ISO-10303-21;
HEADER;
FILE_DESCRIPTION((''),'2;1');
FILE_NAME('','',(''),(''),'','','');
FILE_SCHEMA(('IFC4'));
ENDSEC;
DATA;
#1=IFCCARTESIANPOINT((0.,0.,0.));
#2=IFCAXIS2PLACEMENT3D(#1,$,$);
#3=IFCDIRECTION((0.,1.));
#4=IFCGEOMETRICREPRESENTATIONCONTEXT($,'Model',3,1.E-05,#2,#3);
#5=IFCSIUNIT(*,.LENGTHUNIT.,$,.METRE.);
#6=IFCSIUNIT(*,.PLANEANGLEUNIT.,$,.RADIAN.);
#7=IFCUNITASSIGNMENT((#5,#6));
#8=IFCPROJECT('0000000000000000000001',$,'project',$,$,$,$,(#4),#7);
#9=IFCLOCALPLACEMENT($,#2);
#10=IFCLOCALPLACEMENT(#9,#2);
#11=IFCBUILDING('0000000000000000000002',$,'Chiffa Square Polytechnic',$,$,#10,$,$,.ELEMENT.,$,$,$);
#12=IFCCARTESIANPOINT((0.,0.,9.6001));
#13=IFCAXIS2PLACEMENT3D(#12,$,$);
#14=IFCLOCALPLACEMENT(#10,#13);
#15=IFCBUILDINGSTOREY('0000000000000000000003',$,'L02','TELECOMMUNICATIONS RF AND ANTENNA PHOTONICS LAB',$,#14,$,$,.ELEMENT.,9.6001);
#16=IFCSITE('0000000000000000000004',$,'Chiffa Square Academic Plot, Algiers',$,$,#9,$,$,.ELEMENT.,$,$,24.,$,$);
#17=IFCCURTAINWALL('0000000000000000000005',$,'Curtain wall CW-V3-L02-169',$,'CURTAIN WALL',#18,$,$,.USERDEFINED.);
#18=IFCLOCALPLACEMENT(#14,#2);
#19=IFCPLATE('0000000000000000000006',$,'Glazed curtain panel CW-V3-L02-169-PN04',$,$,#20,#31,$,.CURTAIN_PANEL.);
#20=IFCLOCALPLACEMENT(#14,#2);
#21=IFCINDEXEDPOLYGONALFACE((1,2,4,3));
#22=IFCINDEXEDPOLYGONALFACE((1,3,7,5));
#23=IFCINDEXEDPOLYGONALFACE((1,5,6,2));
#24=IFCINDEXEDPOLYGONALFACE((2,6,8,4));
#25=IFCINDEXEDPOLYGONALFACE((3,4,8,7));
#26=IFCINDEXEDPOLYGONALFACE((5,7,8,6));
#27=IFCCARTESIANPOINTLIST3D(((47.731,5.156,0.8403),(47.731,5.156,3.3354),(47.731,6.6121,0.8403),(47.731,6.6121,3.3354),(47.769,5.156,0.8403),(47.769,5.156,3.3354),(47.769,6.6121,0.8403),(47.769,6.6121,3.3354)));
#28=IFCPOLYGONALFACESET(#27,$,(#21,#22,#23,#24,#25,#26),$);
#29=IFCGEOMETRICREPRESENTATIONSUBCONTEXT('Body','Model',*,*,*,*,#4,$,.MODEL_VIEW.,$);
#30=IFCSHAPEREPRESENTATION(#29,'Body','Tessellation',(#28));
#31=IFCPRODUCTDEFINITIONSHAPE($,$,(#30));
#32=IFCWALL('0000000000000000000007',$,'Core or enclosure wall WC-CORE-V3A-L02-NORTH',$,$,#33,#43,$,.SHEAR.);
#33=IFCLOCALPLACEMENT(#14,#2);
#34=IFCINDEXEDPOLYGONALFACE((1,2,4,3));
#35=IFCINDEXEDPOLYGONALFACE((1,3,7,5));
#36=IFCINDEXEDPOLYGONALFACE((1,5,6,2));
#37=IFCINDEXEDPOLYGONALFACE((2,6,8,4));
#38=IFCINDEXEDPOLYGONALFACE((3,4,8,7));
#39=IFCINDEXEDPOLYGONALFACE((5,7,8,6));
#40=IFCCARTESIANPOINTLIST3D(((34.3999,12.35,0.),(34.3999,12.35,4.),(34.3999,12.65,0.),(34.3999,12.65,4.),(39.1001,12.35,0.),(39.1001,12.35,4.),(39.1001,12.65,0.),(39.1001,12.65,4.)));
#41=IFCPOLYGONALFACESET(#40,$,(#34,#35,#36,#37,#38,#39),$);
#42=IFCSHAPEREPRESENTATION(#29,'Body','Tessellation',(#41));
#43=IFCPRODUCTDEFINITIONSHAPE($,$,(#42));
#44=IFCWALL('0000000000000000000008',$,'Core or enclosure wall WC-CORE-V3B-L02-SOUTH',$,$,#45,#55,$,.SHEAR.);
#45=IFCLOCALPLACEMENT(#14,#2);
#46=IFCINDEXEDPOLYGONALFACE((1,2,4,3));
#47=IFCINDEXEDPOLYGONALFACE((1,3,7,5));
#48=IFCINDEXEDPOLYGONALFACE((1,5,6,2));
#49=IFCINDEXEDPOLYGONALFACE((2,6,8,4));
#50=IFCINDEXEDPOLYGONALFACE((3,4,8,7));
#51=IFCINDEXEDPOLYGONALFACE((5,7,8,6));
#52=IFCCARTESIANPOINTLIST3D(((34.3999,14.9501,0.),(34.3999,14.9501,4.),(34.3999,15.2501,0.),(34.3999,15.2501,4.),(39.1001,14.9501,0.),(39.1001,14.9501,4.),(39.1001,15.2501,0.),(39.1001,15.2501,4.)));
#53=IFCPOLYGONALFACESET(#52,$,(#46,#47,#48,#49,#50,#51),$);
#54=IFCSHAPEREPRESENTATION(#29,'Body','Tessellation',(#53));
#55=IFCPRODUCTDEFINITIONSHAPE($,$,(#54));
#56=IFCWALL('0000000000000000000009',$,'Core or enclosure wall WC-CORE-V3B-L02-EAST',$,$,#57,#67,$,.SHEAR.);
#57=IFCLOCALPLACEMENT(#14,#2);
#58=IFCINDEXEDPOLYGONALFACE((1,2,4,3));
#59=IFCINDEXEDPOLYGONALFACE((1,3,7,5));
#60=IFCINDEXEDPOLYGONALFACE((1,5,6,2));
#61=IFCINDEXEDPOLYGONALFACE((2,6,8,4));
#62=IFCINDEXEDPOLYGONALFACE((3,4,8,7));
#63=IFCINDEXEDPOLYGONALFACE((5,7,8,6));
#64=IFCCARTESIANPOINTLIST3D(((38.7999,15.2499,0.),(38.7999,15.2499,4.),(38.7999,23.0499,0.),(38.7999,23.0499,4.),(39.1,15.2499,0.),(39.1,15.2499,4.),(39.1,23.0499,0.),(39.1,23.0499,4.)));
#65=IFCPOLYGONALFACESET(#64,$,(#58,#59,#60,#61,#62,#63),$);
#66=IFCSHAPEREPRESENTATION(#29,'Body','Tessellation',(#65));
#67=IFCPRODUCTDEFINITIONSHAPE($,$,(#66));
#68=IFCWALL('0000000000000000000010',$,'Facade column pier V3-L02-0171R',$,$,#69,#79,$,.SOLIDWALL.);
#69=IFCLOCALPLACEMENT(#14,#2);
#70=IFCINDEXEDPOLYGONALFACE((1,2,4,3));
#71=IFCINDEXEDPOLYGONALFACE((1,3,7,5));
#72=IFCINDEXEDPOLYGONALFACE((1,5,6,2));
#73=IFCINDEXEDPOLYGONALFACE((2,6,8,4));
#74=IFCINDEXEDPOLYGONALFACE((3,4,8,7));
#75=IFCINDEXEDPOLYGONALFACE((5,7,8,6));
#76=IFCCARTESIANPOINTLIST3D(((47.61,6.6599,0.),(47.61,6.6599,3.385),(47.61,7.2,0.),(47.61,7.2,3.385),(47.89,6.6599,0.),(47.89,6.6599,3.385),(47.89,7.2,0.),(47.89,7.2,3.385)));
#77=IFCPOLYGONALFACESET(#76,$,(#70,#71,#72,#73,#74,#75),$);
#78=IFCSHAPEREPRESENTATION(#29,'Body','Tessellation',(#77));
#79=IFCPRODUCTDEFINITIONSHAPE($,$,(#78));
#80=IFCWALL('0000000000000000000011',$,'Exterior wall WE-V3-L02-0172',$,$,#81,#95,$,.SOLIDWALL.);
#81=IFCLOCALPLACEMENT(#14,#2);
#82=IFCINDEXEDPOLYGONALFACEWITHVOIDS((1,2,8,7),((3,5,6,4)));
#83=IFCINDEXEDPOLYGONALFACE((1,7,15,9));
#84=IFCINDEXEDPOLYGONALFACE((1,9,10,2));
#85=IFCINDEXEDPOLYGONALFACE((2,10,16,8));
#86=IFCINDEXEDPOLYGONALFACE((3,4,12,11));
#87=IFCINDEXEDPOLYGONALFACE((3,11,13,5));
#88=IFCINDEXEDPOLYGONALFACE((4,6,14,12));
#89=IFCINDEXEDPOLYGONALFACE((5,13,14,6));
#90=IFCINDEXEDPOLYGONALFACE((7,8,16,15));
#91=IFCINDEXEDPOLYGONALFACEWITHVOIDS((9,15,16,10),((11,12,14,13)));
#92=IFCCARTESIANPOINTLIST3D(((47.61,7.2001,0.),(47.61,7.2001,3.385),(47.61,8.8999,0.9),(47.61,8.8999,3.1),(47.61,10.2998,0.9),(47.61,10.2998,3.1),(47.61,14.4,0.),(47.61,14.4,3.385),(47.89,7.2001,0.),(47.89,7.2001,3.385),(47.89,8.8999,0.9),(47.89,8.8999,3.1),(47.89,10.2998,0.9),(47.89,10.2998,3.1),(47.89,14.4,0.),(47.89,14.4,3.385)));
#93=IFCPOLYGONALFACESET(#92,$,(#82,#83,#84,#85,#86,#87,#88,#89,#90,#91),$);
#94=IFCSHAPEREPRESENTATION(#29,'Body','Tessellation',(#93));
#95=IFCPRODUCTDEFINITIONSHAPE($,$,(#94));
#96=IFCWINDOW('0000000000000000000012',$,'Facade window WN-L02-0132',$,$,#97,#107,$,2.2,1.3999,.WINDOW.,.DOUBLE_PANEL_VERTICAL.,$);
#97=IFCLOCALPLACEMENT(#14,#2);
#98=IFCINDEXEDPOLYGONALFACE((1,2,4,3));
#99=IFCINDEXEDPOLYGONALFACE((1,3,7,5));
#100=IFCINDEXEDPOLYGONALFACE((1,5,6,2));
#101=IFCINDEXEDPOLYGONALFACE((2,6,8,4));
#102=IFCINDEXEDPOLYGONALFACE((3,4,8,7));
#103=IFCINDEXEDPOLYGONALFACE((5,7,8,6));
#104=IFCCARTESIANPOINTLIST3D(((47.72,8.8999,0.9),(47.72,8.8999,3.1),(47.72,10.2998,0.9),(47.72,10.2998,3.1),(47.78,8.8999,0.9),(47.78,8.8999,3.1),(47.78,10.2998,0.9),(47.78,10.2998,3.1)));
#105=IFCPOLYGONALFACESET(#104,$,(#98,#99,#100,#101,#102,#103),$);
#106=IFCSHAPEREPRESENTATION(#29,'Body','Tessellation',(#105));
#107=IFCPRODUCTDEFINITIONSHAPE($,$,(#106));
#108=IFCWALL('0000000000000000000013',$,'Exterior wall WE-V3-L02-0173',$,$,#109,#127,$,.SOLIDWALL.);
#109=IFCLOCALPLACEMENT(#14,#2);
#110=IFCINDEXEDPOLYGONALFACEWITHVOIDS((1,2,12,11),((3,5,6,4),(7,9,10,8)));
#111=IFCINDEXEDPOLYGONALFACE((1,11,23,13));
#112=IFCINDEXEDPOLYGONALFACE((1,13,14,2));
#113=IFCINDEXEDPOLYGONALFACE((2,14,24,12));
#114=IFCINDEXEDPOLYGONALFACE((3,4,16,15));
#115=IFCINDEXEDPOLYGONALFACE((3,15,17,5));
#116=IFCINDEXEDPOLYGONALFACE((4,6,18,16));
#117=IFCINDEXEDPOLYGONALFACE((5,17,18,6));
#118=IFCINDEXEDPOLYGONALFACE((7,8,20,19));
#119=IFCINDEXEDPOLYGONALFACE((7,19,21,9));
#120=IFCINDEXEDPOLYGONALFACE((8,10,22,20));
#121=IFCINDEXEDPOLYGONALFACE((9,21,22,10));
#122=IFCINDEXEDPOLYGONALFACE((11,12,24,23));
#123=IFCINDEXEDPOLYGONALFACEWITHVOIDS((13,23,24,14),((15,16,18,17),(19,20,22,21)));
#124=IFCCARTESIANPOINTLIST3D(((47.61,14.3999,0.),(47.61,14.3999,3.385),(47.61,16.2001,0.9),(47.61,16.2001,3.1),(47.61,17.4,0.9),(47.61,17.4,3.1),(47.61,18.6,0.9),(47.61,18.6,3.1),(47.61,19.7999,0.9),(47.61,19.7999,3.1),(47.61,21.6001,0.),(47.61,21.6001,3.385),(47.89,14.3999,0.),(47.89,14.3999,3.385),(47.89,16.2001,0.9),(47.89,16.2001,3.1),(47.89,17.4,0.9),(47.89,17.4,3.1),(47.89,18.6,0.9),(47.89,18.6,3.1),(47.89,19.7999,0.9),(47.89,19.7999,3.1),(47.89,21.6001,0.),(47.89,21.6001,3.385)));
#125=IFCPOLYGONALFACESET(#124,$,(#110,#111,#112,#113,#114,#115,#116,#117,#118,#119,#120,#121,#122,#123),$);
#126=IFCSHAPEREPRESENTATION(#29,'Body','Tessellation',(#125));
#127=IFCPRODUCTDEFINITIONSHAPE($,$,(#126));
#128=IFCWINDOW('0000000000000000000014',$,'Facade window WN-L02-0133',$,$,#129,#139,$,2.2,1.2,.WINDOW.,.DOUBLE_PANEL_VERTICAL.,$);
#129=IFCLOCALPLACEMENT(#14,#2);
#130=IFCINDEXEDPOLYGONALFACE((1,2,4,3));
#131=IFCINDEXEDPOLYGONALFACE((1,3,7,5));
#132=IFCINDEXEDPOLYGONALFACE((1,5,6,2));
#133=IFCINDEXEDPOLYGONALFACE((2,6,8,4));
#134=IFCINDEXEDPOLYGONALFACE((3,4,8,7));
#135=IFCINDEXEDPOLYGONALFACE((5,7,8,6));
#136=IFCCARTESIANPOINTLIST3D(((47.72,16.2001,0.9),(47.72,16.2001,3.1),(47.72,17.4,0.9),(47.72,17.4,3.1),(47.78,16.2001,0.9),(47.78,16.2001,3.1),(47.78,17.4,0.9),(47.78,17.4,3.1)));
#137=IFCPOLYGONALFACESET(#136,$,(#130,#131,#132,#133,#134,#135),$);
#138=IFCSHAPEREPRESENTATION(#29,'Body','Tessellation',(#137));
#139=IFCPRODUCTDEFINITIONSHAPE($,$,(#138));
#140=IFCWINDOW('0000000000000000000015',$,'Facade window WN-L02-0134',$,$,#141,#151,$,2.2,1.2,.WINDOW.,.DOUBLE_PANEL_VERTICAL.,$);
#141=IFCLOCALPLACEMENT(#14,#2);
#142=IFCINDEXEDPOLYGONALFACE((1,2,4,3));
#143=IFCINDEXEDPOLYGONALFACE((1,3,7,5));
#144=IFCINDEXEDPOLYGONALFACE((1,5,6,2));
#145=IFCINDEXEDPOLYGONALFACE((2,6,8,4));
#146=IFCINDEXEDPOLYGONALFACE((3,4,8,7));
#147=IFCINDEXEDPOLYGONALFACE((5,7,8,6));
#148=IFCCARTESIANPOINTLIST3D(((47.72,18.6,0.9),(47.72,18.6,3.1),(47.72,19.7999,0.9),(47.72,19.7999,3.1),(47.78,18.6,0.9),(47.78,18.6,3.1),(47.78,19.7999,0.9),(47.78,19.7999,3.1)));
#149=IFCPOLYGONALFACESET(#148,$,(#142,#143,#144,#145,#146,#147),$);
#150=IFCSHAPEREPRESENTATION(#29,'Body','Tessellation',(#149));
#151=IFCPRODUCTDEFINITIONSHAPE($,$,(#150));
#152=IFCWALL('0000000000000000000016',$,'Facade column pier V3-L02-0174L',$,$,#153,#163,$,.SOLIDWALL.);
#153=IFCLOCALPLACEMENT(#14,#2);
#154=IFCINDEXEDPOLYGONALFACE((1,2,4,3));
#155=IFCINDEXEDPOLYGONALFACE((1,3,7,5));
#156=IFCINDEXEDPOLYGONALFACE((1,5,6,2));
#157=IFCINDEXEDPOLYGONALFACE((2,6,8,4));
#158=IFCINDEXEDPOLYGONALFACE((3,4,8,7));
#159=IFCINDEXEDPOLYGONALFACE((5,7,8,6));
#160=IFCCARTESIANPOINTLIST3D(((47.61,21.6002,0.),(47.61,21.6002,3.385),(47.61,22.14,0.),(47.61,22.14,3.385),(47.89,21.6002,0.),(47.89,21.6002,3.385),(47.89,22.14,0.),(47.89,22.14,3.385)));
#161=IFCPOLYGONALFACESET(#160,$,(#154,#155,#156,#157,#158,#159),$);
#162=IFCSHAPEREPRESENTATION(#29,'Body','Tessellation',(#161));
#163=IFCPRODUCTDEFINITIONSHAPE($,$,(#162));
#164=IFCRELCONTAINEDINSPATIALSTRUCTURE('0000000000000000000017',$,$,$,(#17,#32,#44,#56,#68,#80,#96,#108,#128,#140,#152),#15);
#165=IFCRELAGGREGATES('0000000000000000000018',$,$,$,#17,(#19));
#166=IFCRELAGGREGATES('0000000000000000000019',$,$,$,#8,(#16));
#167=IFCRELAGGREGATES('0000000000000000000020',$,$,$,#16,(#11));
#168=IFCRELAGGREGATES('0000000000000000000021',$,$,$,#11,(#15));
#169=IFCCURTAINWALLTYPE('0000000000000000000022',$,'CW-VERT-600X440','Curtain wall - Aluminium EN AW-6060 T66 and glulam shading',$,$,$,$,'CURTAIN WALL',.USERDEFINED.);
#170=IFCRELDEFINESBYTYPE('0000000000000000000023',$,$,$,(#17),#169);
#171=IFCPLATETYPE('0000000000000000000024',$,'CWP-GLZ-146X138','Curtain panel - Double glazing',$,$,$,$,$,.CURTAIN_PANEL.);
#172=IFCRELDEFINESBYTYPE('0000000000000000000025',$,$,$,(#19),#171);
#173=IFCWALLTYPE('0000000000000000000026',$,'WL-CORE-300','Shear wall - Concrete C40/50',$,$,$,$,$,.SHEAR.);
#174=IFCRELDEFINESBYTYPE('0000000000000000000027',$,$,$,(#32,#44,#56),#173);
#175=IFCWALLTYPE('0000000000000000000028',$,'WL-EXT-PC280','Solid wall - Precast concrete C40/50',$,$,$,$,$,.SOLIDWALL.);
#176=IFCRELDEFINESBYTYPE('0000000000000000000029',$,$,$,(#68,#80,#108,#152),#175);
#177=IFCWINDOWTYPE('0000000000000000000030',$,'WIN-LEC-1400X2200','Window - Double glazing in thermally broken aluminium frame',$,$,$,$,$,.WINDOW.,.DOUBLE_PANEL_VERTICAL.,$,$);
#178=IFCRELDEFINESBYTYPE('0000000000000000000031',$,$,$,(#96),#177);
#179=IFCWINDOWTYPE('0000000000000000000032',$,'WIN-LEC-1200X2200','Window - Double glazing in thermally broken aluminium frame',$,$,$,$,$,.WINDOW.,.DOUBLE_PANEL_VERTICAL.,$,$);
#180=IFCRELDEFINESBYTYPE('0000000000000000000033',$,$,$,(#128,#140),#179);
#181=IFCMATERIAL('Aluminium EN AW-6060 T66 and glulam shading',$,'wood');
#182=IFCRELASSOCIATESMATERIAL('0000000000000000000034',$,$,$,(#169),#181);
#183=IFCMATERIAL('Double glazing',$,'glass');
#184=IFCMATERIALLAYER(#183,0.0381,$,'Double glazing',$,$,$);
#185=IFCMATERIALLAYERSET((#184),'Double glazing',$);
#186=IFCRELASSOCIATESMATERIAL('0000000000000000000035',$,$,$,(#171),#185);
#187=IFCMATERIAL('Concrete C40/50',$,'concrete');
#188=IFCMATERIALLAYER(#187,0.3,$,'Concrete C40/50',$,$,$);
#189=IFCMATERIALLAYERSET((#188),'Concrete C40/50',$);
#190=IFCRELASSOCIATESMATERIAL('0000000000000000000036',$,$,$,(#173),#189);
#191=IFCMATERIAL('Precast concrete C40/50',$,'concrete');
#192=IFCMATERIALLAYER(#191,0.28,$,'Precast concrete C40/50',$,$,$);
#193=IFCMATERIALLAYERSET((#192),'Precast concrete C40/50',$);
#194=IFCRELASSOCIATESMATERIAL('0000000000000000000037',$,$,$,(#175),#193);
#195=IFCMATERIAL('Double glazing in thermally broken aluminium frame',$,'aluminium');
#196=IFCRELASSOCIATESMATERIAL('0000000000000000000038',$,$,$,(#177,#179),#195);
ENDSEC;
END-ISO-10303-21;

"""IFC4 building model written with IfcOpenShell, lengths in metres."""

from ifc_helpers import new_model, si_unit, direction, frame, frame_2d, origin, origin_2d, place, context, subcontext, project, spatial, rectangle, extrude, material, layer, layer_set, type_object, element, fill, aggregate, save


model = new_model("IFC4")

# Units and contexts
model_context = context("Model", 3, precision=1e-05, world=origin(), true_north=direction((0.0, 1.0)))
body_context = subcontext(model_context, "Body", "Model", "MODEL_VIEW")
ifc_project = project(units=[si_unit("LENGTHUNIT", "METRE"), si_unit("PLANEANGLEUNIT", "RADIAN")], contexts=[model_context])

# Site, building, storey
site_placement = place(None, origin())
site = spatial("IfcSite", under=ifc_project, at=site_placement, Name="Chiffa Square Academic Plot, Algiers", CompositionType="ELEMENT", RefElevation=24.0)
building_placement = place(site_placement, origin())
building = spatial("IfcBuilding", under=site, at=building_placement, Name="Chiffa Square Polytechnic", CompositionType="ELEMENT")
storey_placement = place(building_placement, frame((0.0, 0.0, 9.6001)))
storey = spatial("IfcBuildingStorey", under=building, at=storey_placement, Name="L02", Description="TELECOMMUNICATIONS RF AND ANTENNA PHOTONICS LAB", CompositionType="ELEMENT", Elevation=9.6001)

# Shared definitions
ifc_material_1 = material(Name="Concrete C40/50", Category="concrete")

# Curtain wall
ifc_material_2 = material(Name="Aluminium EN AW-6060 T66 and glulam shading", Category="wood")
curtain_wall_type_1 = type_object("IfcCurtainWallType", Name="CW-VERT-600X440", Description="Curtain wall - Aluminium EN AW-6060 T66 and glulam shading", ElementType="CURTAIN WALL", PredefinedType="USERDEFINED", material=ifc_material_2)
curtain_wall_1_placement = place(storey_placement, origin())
curtain_wall_1 = element("IfcCurtainWall", 1, at=curtain_wall_1_placement, inside=storey, type_object=curtain_wall_type_1, Name="Curtain wall CW-V3-L02-169", ObjectType="CURTAIN WALL", PredefinedType="USERDEFINED")

# Plate
ifc_material_3 = material(Name="Double glazing", Category="glass")
ifc_layer_1 = layer(ifc_material_3, 0.0381, Name="Double glazing")
ifc_layer_set_1 = layer_set([ifc_layer_1], Name="Double glazing")
plate_type = type_object("IfcPlateType", Name="CWP-GLZ-146X138", Description="Curtain panel - Double glazing", PredefinedType="CURTAIN_PANEL", material=ifc_layer_set_1)
plate_placement = place(storey_placement, frame((47.75, 5.884, 0.8403), z_axis=(0.0, 0.0, 1.0), x_axis=(0.0, 1.0, 0.0)))
plate = element("IfcPlate", 2, at=plate_placement, type_object=plate_type, Name="Glazed curtain panel CW-V3-L02-169-PN04", PredefinedType="CURTAIN_PANEL", context=body_context, shape_type="SweptSolid", body=[
    extrude(rectangle(XDim=1.4561, YDim=0.0381, at=origin_2d()), origin(), (0.0, 0.0, 1.0), 2.4951),
])
aggregate(curtain_wall_1, [plate])

# Walls
ifc_layer_2 = layer(ifc_material_1, 0.3, Name="Concrete C40/50")
ifc_layer_set_2 = layer_set([ifc_layer_2], Name="Concrete C40/50")
wall_type_1 = type_object("IfcWallType", Name="WL-CORE-300", Description="Shear wall - Concrete C40/50", PredefinedType="SHEAR", material=ifc_layer_set_2)
for number, where, z_axis, x_axis, name in (
    (3, (34.3999, 12.5, 0.0), (0.0, 0.0, 1.0), (1.0, 0.0, 0.0), "Core or enclosure wall WC-CORE-V3A-L02-NORTH"),
    (4, (34.3999, 15.1001, 0.0), (0.0, 0.0, 1.0), (1.0, 0.0, 0.0), "Core or enclosure wall WC-CORE-V3B-L02-SOUTH"),
):
    element("IfcWall", number, at=place(storey_placement, frame(where, z_axis=z_axis, x_axis=x_axis)), inside=storey, type_object=wall_type_1, Name=name, PredefinedType="SHEAR", context=body_context, shape_type="SweptSolid", body=[
        extrude(rectangle(XDim=4.7002, YDim=0.3, at=frame_2d((2.3501, 0.0))), origin(), (0.0, 0.0, 1.0), 4.0),
    ])

# Walls
wall_1_placement = place(storey_placement, frame((38.95, 15.25, 0.0), z_axis=(0.0, 0.0, 1.0), x_axis=(0.0, 1.0, 0.0)))
element("IfcWall", 5, at=wall_1_placement, inside=storey, type_object=wall_type_1, Name="Core or enclosure wall WC-CORE-V3B-L02-EAST", PredefinedType="SHEAR", context=body_context, shape_type="SweptSolid", body=[
    extrude(rectangle(XDim=7.8, YDim=0.3, at=frame_2d((3.8999, 0.0))), origin(), (0.0, 0.0, 1.0), 4.0),
])
ifc_material_4 = material(Name="Precast concrete C40/50", Category="concrete")
ifc_layer_3 = layer(ifc_material_4, 0.28, Name="Precast concrete C40/50")
ifc_layer_set_3 = layer_set([ifc_layer_3], Name="Precast concrete C40/50")
wall_type_2 = type_object("IfcWallType", Name="WL-EXT-PC280", Description="Solid wall - Precast concrete C40/50", PredefinedType="SOLIDWALL", material=ifc_layer_set_3)
wall_2_placement = place(storey_placement, frame((47.75, 6.6599, 0.0), z_axis=(0.0, 0.0, 1.0), x_axis=(0.0, 1.0, 0.0)))
element("IfcWall", 6, at=wall_2_placement, inside=storey, type_object=wall_type_2, Name="Facade column pier V3-L02-0171R", PredefinedType="SOLIDWALL", context=body_context, shape_type="SweptSolid", body=[
    extrude(rectangle(XDim=0.54, YDim=0.28, at=frame_2d((0.27, 0.0))), origin(), (0.0, 0.0, 1.0), 3.385),
])

# Wall, opening, window
wall_3_placement = place(storey_placement, frame((47.75, 7.2, 0.0), z_axis=(0.0, 0.0, 1.0), x_axis=(0.0, 1.0, 0.0)))
wall_3 = element("IfcWall", 7, at=wall_3_placement, inside=storey, type_object=wall_type_2, Name="Exterior wall WE-V3-L02-0172", PredefinedType="SOLIDWALL", context=body_context, shape_type="SweptSolid", body=[
    extrude(rectangle(XDim=7.2, YDim=0.28, at=frame_2d((3.6001, 0.0))), origin(), (0.0, 0.0, 1.0), 3.385),
])
opening_1_placement = place(wall_3_placement, frame((1.7, 0.0, 0.8999)))
opening_1 = element("IfcOpeningElement", 8, at=opening_1_placement, cuts=wall_3, PredefinedType="OPENING", context=body_context, shape_type="SweptSolid", body=[
    extrude(rectangle(XDim=1.3999, YDim=2.2, at=frame_2d((0.7, 1.1001))), frame((0.0, 0.1499, 0.0), z_axis=(0.0, -1.0, 0.0), x_axis=(1.0, 0.0, 0.0)), (0.0, 0.0, 1.0), 0.3),
])
ifc_material_5 = material(Name="Double glazing in thermally broken aluminium frame", Category="aluminium")
window_type_1 = type_object("IfcWindowType", Name="WIN-LEC-1400X2200", Description="Window - Double glazing in thermally broken aluminium frame", PartitioningType="DOUBLE_PANEL_VERTICAL", PredefinedType="WINDOW", material=ifc_material_5)
window_1_placement = place(opening_1_placement, origin())
window_1 = element("IfcWindow", 9, at=window_1_placement, inside=storey, type_object=window_type_1, Name="Facade window WN-L02-0132", OverallHeight=2.2, OverallWidth=1.3999, PartitioningType="DOUBLE_PANEL_VERTICAL", PredefinedType="WINDOW", context=body_context, shape_type="SweptSolid", body=[
    extrude(rectangle(XDim=1.3999, YDim=2.2, at=frame_2d((0.7, 1.1001))), frame((0.0, 0.03, 0.0), z_axis=(0.0, -1.0, 0.0), x_axis=(1.0, 0.0, 0.0)), (0.0, 0.0, 1.0), 0.0601),
])
fill(opening_1, window_1)

# Wall, openings, windows
wall_4_placement = place(storey_placement, frame((47.75, 14.3999, 0.0), z_axis=(0.0, 0.0, 1.0), x_axis=(0.0, 1.0, 0.0)))
wall_4 = element("IfcWall", 10, at=wall_4_placement, inside=storey, type_object=wall_type_2, Name="Exterior wall WE-V3-L02-0173", PredefinedType="SOLIDWALL", context=body_context, shape_type="SweptSolid", body=[
    extrude(rectangle(XDim=7.2002, YDim=0.28, at=frame_2d((3.6001, 0.0))), origin(), (0.0, 0.0, 1.0), 3.385),
])
opening_2_placement = place(wall_4_placement, frame((1.8, 0.0, 0.8999)))
opening_2 = element("IfcOpeningElement", 11, at=opening_2_placement, cuts=wall_4, PredefinedType="OPENING", context=body_context, shape_type="SweptSolid", body=[
    extrude(rectangle(XDim=1.2, YDim=2.2, at=frame_2d((0.6001, 1.1001))), frame((0.0, 0.1499, 0.0), z_axis=(0.0, -1.0, 0.0), x_axis=(1.0, 0.0, 0.0)), (0.0, 0.0, 1.0), 0.3),
])
opening_3_placement = place(wall_4_placement, frame((4.2, 0.0, 0.8999)))
opening_3 = element("IfcOpeningElement", 12, at=opening_3_placement, cuts=wall_4, PredefinedType="OPENING", context=body_context, shape_type="SweptSolid", body=[
    extrude(rectangle(XDim=1.2, YDim=2.2, at=frame_2d((0.6001, 1.1001))), frame((0.0, 0.1499, 0.0), z_axis=(0.0, -1.0, 0.0), x_axis=(1.0, 0.0, 0.0)), (0.0, 0.0, 1.0), 0.3),
])
window_type_2 = type_object("IfcWindowType", Name="WIN-LEC-1200X2200", Description="Window - Double glazing in thermally broken aluminium frame", PartitioningType="DOUBLE_PANEL_VERTICAL", PredefinedType="WINDOW", material=ifc_material_5)
window_2_placement = place(opening_2_placement, origin())
window_2 = element("IfcWindow", 13, at=window_2_placement, inside=storey, type_object=window_type_2, Name="Facade window WN-L02-0133", OverallHeight=2.2, OverallWidth=1.2, PartitioningType="DOUBLE_PANEL_VERTICAL", PredefinedType="WINDOW", context=body_context, shape_type="SweptSolid", body=[
    extrude(rectangle(XDim=1.2, YDim=2.2, at=frame_2d((0.6001, 1.1001))), frame((0.0, 0.03, 0.0), z_axis=(0.0, -1.0, 0.0), x_axis=(1.0, 0.0, 0.0)), (0.0, 0.0, 1.0), 0.0601),
])
fill(opening_2, window_2)
window_3_placement = place(opening_3_placement, origin())
window_3 = element("IfcWindow", 14, at=window_3_placement, inside=storey, type_object=window_type_2, Name="Facade window WN-L02-0134", OverallHeight=2.2, OverallWidth=1.2, PartitioningType="DOUBLE_PANEL_VERTICAL", PredefinedType="WINDOW", context=body_context, shape_type="SweptSolid", body=[
    extrude(rectangle(XDim=1.2, YDim=2.2, at=frame_2d((0.6001, 1.1001))), frame((0.0, 0.03, 0.0), z_axis=(0.0, -1.0, 0.0), x_axis=(1.0, 0.0, 0.0)), (0.0, 0.0, 1.0), 0.0601),
])
fill(opening_3, window_3)

# Wall
wall_5_placement = place(storey_placement, frame((47.75, 21.6001, 0.0), z_axis=(0.0, 0.0, 1.0), x_axis=(0.0, 1.0, 0.0)))
element("IfcWall", 15, at=wall_5_placement, inside=storey, type_object=wall_type_2, Name="Facade column pier V3-L02-0174L", PredefinedType="SOLIDWALL", context=body_context, shape_type="SweptSolid", body=[
    extrude(rectangle(XDim=0.5398, YDim=0.28, at=frame_2d((0.27, 0.0))), origin(), (0.0, 0.0, 1.0), 3.385),
])

save(model, "model.ifc")
